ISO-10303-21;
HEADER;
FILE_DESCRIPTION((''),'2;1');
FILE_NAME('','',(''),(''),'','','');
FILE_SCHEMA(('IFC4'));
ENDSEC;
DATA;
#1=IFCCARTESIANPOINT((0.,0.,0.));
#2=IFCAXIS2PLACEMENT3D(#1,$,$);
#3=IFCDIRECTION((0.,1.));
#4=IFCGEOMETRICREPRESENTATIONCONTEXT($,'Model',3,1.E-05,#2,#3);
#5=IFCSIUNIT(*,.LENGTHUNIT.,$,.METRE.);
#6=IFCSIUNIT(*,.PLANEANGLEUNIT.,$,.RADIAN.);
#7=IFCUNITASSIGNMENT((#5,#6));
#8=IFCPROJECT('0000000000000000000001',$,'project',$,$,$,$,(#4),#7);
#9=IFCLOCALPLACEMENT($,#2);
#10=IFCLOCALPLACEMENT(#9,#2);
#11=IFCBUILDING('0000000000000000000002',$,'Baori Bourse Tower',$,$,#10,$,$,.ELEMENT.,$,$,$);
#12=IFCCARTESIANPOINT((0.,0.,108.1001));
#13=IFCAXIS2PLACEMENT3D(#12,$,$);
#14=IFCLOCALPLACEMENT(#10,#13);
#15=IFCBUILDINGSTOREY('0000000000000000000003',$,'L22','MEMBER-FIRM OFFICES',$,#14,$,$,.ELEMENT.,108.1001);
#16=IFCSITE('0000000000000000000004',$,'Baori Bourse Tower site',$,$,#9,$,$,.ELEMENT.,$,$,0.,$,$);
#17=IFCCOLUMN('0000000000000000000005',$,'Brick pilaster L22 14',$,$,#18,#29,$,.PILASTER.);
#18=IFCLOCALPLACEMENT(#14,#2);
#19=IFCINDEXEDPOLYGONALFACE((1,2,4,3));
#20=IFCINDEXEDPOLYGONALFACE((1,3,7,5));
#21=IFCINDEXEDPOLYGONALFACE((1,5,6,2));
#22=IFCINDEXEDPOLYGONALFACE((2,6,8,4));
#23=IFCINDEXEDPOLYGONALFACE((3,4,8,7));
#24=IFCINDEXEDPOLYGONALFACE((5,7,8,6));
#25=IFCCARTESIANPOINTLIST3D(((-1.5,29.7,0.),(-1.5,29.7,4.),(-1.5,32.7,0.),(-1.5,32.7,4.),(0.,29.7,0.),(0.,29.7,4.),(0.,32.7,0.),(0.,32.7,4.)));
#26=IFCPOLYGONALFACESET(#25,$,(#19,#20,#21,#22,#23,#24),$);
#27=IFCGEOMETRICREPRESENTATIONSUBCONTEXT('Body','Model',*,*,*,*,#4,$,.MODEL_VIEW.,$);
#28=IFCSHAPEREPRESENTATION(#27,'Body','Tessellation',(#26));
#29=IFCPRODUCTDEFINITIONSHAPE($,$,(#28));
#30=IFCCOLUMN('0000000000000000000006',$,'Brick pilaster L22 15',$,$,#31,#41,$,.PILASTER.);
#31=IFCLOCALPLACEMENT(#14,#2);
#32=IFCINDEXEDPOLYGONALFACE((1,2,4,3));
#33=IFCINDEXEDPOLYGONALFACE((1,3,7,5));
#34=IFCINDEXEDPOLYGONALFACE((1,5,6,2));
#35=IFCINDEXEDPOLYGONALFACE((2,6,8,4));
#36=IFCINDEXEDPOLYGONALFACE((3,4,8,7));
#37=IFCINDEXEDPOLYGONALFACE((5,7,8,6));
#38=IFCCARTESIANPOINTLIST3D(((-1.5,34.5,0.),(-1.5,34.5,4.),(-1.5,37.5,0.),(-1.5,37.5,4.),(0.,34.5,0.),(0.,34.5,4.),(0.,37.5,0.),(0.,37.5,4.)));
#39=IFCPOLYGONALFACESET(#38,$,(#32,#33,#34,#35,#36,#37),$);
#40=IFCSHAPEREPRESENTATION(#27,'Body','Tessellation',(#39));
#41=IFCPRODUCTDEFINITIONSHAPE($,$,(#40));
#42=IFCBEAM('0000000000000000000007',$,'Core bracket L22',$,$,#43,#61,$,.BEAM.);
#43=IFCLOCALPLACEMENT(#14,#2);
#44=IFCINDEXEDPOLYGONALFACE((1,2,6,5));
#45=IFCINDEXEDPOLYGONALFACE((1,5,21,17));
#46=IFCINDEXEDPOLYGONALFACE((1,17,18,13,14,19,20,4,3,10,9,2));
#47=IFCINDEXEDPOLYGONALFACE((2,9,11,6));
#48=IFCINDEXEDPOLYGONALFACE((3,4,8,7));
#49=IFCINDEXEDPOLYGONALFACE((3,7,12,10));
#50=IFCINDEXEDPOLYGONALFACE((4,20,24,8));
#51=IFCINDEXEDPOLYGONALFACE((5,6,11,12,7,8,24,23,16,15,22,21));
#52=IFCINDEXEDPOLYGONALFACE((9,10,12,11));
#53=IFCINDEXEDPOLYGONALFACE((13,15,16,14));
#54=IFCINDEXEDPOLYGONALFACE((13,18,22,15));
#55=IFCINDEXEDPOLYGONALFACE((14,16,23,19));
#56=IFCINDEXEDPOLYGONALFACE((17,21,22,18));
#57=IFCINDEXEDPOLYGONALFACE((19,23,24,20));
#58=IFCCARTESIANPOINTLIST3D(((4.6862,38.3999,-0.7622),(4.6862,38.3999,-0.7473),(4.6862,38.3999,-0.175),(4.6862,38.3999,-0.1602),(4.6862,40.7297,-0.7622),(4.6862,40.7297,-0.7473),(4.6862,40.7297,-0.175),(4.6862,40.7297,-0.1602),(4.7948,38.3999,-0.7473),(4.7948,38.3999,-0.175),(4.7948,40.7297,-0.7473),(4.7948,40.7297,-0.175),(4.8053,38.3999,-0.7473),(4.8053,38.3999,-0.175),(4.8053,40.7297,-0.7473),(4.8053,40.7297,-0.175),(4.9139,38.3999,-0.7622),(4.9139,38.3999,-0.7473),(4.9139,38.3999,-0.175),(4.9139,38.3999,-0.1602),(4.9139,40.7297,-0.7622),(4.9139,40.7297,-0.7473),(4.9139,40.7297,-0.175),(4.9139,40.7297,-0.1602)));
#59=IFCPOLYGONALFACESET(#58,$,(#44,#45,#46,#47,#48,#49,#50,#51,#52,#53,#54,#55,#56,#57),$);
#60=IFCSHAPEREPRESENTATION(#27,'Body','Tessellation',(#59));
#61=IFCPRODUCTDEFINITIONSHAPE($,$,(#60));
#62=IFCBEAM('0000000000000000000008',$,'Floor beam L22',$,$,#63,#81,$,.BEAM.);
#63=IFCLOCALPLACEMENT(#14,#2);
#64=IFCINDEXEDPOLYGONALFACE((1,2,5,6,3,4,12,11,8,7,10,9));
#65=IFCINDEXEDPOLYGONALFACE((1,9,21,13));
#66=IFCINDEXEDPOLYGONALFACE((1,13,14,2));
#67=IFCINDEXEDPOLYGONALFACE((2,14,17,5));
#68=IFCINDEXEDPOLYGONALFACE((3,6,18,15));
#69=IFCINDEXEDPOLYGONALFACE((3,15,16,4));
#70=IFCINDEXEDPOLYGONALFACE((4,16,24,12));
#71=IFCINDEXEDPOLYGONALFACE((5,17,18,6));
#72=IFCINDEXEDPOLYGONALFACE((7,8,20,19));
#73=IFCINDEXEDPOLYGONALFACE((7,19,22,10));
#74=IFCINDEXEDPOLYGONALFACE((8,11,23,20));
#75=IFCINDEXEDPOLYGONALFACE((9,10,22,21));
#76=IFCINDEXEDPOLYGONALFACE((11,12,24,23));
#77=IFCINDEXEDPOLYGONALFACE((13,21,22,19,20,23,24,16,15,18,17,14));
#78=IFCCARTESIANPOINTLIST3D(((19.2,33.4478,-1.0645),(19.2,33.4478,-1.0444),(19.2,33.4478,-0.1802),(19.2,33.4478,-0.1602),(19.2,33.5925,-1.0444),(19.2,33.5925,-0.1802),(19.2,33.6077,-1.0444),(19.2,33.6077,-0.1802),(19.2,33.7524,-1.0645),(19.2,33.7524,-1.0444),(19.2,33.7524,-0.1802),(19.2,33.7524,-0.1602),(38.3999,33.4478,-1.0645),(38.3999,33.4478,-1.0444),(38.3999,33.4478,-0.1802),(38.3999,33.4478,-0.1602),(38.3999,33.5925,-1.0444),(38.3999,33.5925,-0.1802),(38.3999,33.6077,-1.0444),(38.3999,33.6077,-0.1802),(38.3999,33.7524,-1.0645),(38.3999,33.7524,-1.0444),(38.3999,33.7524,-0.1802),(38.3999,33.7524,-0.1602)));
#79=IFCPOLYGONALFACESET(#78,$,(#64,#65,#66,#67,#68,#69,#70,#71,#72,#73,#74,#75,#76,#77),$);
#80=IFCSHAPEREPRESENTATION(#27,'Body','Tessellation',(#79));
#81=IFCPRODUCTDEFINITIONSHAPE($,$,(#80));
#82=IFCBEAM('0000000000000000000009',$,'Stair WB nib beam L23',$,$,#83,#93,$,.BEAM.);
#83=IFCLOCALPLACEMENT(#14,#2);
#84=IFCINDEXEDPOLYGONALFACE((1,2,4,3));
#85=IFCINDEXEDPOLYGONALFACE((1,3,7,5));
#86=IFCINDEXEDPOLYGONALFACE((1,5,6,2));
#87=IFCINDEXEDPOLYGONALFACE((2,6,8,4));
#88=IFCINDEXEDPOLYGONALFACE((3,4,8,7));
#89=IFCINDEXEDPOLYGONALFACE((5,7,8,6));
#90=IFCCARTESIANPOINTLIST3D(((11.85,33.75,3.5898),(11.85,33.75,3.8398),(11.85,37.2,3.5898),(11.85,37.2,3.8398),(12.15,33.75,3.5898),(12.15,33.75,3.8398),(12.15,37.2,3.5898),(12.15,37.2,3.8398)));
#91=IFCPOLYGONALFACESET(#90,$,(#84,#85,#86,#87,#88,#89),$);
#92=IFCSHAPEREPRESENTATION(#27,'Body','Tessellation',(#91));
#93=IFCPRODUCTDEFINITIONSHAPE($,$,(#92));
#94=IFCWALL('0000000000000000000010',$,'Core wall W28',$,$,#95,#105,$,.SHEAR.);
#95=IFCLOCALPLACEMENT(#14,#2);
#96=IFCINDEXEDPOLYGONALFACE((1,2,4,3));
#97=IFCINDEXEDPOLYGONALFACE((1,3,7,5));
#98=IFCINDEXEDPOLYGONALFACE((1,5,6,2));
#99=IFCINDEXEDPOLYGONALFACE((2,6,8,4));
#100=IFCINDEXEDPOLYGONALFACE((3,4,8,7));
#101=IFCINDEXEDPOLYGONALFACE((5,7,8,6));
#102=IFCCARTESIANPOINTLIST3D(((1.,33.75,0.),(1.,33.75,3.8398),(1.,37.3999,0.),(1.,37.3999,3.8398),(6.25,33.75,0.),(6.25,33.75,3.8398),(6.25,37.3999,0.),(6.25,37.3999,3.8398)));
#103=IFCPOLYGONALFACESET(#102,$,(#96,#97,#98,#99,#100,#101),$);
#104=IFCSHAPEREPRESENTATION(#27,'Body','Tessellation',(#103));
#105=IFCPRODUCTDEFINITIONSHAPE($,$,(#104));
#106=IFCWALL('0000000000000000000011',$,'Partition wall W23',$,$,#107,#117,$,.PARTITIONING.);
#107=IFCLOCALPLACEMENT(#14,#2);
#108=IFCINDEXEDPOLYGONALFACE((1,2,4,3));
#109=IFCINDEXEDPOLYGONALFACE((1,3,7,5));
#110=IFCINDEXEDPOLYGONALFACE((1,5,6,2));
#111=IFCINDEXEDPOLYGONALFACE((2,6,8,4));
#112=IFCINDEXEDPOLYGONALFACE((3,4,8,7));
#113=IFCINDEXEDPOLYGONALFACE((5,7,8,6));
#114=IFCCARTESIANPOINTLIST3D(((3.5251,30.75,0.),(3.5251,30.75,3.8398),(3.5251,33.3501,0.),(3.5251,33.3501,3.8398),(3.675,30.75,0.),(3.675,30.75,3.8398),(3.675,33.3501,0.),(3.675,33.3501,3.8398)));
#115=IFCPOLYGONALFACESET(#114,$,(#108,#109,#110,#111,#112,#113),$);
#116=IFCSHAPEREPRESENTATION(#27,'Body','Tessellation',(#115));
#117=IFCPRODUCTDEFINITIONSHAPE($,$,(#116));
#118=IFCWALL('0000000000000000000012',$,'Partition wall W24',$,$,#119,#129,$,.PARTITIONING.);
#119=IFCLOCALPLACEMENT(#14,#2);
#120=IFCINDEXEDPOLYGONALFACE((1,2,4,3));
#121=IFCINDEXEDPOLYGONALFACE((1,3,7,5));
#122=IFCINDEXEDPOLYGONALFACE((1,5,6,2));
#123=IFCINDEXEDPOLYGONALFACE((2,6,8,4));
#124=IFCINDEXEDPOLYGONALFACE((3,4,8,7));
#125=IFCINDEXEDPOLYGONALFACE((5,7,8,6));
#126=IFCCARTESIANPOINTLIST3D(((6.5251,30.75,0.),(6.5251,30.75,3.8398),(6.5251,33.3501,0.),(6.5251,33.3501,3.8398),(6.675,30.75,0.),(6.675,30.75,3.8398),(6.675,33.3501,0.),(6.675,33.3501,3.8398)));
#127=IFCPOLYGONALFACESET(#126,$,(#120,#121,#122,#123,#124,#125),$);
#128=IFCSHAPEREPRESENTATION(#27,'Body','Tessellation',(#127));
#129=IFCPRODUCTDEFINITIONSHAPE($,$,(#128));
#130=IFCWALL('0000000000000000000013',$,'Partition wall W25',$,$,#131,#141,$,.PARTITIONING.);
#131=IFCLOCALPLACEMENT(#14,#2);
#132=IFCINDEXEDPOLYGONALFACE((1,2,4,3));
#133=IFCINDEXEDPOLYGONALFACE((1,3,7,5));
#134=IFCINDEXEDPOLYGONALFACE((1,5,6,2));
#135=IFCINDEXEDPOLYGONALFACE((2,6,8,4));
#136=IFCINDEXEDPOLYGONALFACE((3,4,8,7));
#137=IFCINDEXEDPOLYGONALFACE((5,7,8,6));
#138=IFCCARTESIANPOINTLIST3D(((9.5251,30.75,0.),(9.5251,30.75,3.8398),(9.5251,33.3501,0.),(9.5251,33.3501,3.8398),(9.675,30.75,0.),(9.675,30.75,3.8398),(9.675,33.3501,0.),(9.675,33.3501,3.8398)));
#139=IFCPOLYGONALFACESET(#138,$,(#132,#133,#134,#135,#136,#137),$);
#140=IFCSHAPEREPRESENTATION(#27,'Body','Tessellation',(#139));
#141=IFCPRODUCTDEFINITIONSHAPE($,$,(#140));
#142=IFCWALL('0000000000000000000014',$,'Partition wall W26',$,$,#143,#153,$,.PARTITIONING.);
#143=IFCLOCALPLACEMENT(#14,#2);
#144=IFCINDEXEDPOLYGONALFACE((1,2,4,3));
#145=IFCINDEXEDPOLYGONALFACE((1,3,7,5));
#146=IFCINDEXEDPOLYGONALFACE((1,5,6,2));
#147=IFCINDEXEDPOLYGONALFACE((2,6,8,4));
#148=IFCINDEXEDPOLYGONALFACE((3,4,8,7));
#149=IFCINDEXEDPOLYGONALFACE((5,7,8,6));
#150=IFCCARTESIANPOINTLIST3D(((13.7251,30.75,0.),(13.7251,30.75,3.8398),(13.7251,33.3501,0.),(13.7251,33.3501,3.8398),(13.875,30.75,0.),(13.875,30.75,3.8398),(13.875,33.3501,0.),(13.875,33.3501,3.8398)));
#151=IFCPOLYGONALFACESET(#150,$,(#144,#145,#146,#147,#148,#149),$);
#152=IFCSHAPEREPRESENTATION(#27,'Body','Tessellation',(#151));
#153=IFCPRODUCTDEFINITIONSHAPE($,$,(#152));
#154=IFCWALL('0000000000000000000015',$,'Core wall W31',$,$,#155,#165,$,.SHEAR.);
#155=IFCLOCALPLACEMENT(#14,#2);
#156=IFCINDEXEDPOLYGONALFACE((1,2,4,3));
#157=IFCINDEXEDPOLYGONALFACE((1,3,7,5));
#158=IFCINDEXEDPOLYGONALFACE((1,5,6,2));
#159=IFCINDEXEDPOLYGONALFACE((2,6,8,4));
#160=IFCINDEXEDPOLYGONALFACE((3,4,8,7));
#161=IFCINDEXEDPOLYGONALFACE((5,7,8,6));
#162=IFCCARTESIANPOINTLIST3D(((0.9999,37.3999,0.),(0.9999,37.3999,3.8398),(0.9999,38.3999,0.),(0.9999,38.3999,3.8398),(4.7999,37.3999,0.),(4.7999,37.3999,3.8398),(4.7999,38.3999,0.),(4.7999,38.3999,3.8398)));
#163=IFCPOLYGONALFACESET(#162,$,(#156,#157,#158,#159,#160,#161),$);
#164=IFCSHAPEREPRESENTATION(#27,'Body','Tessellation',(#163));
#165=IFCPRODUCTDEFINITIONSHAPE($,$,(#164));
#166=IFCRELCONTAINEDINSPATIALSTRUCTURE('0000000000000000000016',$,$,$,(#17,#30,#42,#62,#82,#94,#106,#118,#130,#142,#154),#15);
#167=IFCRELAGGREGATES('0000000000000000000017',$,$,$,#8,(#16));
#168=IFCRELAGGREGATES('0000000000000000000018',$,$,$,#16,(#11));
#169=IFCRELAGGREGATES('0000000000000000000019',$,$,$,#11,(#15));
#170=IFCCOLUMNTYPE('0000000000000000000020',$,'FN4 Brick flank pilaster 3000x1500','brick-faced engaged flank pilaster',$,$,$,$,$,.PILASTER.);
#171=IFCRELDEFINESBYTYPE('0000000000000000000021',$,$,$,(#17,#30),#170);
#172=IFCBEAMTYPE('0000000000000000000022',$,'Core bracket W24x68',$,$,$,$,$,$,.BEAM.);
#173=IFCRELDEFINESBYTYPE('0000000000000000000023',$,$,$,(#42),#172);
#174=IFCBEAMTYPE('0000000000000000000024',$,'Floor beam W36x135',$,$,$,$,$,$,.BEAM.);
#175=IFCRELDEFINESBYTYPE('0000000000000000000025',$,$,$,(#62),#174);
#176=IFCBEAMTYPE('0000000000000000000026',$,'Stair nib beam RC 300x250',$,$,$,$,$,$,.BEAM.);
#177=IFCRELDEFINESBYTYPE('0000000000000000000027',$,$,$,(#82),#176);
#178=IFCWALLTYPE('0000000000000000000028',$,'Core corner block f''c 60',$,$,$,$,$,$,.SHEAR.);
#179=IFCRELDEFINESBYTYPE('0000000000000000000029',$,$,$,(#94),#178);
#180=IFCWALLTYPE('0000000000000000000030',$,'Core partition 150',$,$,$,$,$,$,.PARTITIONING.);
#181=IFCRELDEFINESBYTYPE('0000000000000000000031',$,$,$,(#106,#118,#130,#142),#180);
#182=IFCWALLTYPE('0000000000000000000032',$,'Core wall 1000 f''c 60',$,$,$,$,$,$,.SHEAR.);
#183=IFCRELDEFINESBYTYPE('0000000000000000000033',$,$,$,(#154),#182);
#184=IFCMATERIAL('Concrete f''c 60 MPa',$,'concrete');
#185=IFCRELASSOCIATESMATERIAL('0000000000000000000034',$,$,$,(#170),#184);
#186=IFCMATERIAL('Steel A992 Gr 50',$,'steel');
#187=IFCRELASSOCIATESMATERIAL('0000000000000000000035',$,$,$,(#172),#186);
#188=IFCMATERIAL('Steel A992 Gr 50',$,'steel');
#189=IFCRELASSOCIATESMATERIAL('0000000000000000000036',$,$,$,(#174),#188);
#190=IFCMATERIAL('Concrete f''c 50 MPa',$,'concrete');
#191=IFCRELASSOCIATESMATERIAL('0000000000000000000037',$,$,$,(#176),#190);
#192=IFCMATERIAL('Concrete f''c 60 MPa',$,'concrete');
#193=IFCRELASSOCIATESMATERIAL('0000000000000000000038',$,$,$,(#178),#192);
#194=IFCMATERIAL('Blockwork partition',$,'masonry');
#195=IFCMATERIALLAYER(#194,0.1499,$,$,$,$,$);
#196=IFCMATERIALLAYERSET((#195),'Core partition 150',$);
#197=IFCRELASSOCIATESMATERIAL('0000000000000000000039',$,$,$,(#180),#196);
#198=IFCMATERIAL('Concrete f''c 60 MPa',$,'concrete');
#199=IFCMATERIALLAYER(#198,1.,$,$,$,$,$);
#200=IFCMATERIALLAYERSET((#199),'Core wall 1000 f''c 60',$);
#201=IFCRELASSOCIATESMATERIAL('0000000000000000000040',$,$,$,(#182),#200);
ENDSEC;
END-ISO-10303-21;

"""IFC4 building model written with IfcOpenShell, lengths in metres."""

from ifc_helpers import new_model, si_unit, direction, frame, frame_2d, origin, origin_2d, place, context, subcontext, project, spatial, rectangle, i_section, extrude, material, layer, layer_set, material_profile, profile_set, type_object, element, save


model = new_model("IFC4")

# Units and contexts
model_context = context("Model", 3, precision=1e-05, world=origin(), true_north=direction((0.0, 1.0)))
body_context = subcontext(model_context, "Body", "Model", "MODEL_VIEW")
ifc_project = project(units=[si_unit("LENGTHUNIT", "METRE"), si_unit("PLANEANGLEUNIT", "RADIAN")], contexts=[model_context])

# Site, building, storey
site_placement = place(None, origin())
site = spatial("IfcSite", under=ifc_project, at=site_placement, Name="Baori Bourse Tower site", CompositionType="ELEMENT", RefElevation=0.0)
building_placement = place(site_placement, origin())
building = spatial("IfcBuilding", under=site, at=building_placement, Name="Baori Bourse Tower", CompositionType="ELEMENT")
storey_placement = place(building_placement, frame((0.0, 0.0, 108.1001)))
storey = spatial("IfcBuildingStorey", under=building, at=storey_placement, Name="L22", Description="MEMBER-FIRM OFFICES", CompositionType="ELEMENT", Elevation=108.1001)

# Columns
ifc_material_1 = material(Name="Concrete f'c 60 MPa", Category="concrete")
ifc_material_profile_1 = material_profile(ifc_material_1, rectangle(XDim=3.0, YDim=1.5, at=origin_2d()), Name="RC 3000x1500")
ifc_profile_set_1 = profile_set([ifc_material_profile_1], Name="Concrete f'c 60 MPa")
column_type = type_object("IfcColumnType", Name="FN4 Brick flank pilaster 3000x1500", Description="brick-faced engaged flank pilaster", PredefinedType="PILASTER", material=ifc_profile_set_1)
for number, where, z_axis, x_axis, name in (
    (1, (-0.75, 31.2, 0.0), (0.0, 0.0, 1.0), (0.0, 1.0, 0.0), "Brick pilaster L22 14"),
    (2, (-0.75, 36.0, 0.0), (0.0, 0.0, 1.0), (0.0, 1.0, 0.0), "Brick pilaster L22 15"),
):
    element("IfcColumn", number, at=place(storey_placement, frame(where, z_axis=z_axis, x_axis=x_axis)), inside=storey, type_object=column_type, Name=name, PredefinedType="PILASTER", context=body_context, shape_type="SweptSolid", body=[
        extrude(rectangle(XDim=3.0, YDim=1.5, at=origin_2d()), origin(), (0.0, 0.0, 1.0), 4.0),
    ])

# Beams
ifc_material_2 = material(Name="Steel A992 Gr 50", Category="steel")
ifc_material_profile_2 = material_profile(ifc_material_2, i_section(OverallWidth=0.2278, OverallDepth=0.6021, WebThickness=0.0105, FlangeThickness=0.0149, at=origin_2d()), Name="W24x68")
ifc_profile_set_2 = profile_set([ifc_material_profile_2], Name="Steel A992 Gr 50")
beam_type_1 = type_object("IfcBeamType", Name="Core bracket W24x68", PredefinedType="BEAM", material=ifc_profile_set_2)
beam_1_placement = place(storey_placement, frame((4.8, 38.3999, -0.4612), z_axis=(0.0, 1.0, 0.0), x_axis=(-1.0, 0.0, 0.0)))
element("IfcBeam", 3, at=beam_1_placement, inside=storey, type_object=beam_type_1, Name="Core bracket L22", PredefinedType="BEAM", context=body_context, shape_type="SweptSolid", body=[
    extrude(i_section(OverallWidth=0.2278, OverallDepth=0.6021, WebThickness=0.0105, FlangeThickness=0.0149, at=origin_2d()), origin(), (0.0, 0.0, 1.0), 2.3298),
])
ifc_material_3 = material(Name="Steel A992 Gr 50", Category="steel")
ifc_material_profile_3 = material_profile(ifc_material_3, i_section(OverallWidth=0.3047, OverallDepth=0.9043, WebThickness=0.0151, FlangeThickness=0.02, at=origin_2d()), Name="W36x135")
ifc_profile_set_3 = profile_set([ifc_material_profile_3], Name="Steel A992 Gr 50")
beam_type_2 = type_object("IfcBeamType", Name="Floor beam W36x135", PredefinedType="BEAM", material=ifc_profile_set_3)
beam_2_placement = place(storey_placement, frame((19.2, 33.6001, -0.6123), z_axis=(1.0, 0.0, 0.0), x_axis=(0.0, 1.0, 0.0)))
element("IfcBeam", 4, at=beam_2_placement, inside=storey, type_object=beam_type_2, Name="Floor beam L22", PredefinedType="BEAM", context=body_context, shape_type="SweptSolid", body=[
    extrude(i_section(OverallWidth=0.3047, OverallDepth=0.9043, WebThickness=0.0151, FlangeThickness=0.02, at=origin_2d()), origin(), (0.0, 0.0, 1.0), 19.2),
])
ifc_material_4 = material(Name="Concrete f'c 50 MPa", Category="concrete")
ifc_material_profile_4 = material_profile(ifc_material_4, rectangle(XDim=0.3, YDim=0.25, at=origin_2d()), Name="RC 300x250")
ifc_profile_set_4 = profile_set([ifc_material_profile_4], Name="Concrete f'c 50 MPa")
beam_type_3 = type_object("IfcBeamType", Name="Stair nib beam RC 300x250", PredefinedType="BEAM", material=ifc_profile_set_4)
beam_3_placement = place(storey_placement, frame((12.0, 33.75, 3.7148), z_axis=(0.0, 1.0, 0.0), x_axis=(-1.0, 0.0, 0.0)))
element("IfcBeam", 5, at=beam_3_placement, inside=storey, type_object=beam_type_3, Name="Stair WB nib beam L23", PredefinedType="BEAM", context=body_context, shape_type="SweptSolid", body=[
    extrude(rectangle(XDim=0.3, YDim=0.25, at=origin_2d()), origin(), (0.0, 0.0, 1.0), 3.45),
])

# Walls
ifc_material_5 = material(Name="Concrete f'c 60 MPa", Category="concrete")
wall_type_1 = type_object("IfcWallType", Name="Core corner block f'c 60", PredefinedType="SHEAR", material=ifc_material_5)
wall_1_placement = place(storey_placement, frame((1.0, 35.575, 0.0), z_axis=(0.0, 0.0, 1.0), x_axis=(1.0, 0.0, 0.0)))
element("IfcWall", 6, at=wall_1_placement, inside=storey, type_object=wall_type_1, Name="Core wall W28", PredefinedType="SHEAR", context=body_context, shape_type="SweptSolid", body=[
    extrude(rectangle(XDim=5.25, YDim=3.6499, at=frame_2d((2.625, 0.0))), origin(), (0.0, 0.0, 1.0), 3.8398),
])
ifc_material_6 = material(Name="Blockwork partition", Category="masonry")
ifc_layer_1 = layer(ifc_material_6, 0.1499)
ifc_layer_set_1 = layer_set([ifc_layer_1], Name="Core partition 150")
wall_type_2 = type_object("IfcWallType", Name="Core partition 150", PredefinedType="PARTITIONING", material=ifc_layer_set_1)
for number, where, z_axis, x_axis, name in (
    (7, (3.6001, 30.75, 0.0), (0.0, 0.0, 1.0), (0.0, 1.0, 0.0), "Partition wall W23"),
    (8, (6.6001, 30.75, 0.0), (0.0, 0.0, 1.0), (0.0, 1.0, 0.0), "Partition wall W24"),
    (9, (9.6001, 30.75, 0.0), (0.0, 0.0, 1.0), (0.0, 1.0, 0.0), "Partition wall W25"),
    (10, (13.8, 30.75, 0.0), (0.0, 0.0, 1.0), (0.0, 1.0, 0.0), "Partition wall W26"),
):
    element("IfcWall", number, at=place(storey_placement, frame(where, z_axis=z_axis, x_axis=x_axis)), inside=storey, type_object=wall_type_2, Name=name, PredefinedType="PARTITIONING", context=body_context, shape_type="SweptSolid", body=[
        extrude(rectangle(XDim=2.6001, YDim=0.1499, at=frame_2d((1.3, 0.0))), origin(), (0.0, 0.0, 1.0), 3.8398),
    ])
ifc_material_7 = material(Name="Concrete f'c 60 MPa", Category="concrete")
ifc_layer_2 = layer(ifc_material_7, 1.0)
ifc_layer_set_2 = layer_set([ifc_layer_2], Name="Core wall 1000 f'c 60")
wall_type_3 = type_object("IfcWallType", Name="Core wall 1000 f'c 60", PredefinedType="SHEAR", material=ifc_layer_set_2)
wall_2_placement = place(storey_placement, frame((1.0, 37.8999, 0.0), z_axis=(0.0, 0.0, 1.0), x_axis=(1.0, 0.0, 0.0)))
element("IfcWall", 11, at=wall_2_placement, inside=storey, type_object=wall_type_3, Name="Core wall W31", PredefinedType="SHEAR", context=body_context, shape_type="SweptSolid", body=[
    extrude(rectangle(XDim=3.8, YDim=1.0, at=frame_2d((1.8999, 0.0))), origin(), (0.0, 0.0, 1.0), 3.8398),
])

save(model, "model.ifc")
